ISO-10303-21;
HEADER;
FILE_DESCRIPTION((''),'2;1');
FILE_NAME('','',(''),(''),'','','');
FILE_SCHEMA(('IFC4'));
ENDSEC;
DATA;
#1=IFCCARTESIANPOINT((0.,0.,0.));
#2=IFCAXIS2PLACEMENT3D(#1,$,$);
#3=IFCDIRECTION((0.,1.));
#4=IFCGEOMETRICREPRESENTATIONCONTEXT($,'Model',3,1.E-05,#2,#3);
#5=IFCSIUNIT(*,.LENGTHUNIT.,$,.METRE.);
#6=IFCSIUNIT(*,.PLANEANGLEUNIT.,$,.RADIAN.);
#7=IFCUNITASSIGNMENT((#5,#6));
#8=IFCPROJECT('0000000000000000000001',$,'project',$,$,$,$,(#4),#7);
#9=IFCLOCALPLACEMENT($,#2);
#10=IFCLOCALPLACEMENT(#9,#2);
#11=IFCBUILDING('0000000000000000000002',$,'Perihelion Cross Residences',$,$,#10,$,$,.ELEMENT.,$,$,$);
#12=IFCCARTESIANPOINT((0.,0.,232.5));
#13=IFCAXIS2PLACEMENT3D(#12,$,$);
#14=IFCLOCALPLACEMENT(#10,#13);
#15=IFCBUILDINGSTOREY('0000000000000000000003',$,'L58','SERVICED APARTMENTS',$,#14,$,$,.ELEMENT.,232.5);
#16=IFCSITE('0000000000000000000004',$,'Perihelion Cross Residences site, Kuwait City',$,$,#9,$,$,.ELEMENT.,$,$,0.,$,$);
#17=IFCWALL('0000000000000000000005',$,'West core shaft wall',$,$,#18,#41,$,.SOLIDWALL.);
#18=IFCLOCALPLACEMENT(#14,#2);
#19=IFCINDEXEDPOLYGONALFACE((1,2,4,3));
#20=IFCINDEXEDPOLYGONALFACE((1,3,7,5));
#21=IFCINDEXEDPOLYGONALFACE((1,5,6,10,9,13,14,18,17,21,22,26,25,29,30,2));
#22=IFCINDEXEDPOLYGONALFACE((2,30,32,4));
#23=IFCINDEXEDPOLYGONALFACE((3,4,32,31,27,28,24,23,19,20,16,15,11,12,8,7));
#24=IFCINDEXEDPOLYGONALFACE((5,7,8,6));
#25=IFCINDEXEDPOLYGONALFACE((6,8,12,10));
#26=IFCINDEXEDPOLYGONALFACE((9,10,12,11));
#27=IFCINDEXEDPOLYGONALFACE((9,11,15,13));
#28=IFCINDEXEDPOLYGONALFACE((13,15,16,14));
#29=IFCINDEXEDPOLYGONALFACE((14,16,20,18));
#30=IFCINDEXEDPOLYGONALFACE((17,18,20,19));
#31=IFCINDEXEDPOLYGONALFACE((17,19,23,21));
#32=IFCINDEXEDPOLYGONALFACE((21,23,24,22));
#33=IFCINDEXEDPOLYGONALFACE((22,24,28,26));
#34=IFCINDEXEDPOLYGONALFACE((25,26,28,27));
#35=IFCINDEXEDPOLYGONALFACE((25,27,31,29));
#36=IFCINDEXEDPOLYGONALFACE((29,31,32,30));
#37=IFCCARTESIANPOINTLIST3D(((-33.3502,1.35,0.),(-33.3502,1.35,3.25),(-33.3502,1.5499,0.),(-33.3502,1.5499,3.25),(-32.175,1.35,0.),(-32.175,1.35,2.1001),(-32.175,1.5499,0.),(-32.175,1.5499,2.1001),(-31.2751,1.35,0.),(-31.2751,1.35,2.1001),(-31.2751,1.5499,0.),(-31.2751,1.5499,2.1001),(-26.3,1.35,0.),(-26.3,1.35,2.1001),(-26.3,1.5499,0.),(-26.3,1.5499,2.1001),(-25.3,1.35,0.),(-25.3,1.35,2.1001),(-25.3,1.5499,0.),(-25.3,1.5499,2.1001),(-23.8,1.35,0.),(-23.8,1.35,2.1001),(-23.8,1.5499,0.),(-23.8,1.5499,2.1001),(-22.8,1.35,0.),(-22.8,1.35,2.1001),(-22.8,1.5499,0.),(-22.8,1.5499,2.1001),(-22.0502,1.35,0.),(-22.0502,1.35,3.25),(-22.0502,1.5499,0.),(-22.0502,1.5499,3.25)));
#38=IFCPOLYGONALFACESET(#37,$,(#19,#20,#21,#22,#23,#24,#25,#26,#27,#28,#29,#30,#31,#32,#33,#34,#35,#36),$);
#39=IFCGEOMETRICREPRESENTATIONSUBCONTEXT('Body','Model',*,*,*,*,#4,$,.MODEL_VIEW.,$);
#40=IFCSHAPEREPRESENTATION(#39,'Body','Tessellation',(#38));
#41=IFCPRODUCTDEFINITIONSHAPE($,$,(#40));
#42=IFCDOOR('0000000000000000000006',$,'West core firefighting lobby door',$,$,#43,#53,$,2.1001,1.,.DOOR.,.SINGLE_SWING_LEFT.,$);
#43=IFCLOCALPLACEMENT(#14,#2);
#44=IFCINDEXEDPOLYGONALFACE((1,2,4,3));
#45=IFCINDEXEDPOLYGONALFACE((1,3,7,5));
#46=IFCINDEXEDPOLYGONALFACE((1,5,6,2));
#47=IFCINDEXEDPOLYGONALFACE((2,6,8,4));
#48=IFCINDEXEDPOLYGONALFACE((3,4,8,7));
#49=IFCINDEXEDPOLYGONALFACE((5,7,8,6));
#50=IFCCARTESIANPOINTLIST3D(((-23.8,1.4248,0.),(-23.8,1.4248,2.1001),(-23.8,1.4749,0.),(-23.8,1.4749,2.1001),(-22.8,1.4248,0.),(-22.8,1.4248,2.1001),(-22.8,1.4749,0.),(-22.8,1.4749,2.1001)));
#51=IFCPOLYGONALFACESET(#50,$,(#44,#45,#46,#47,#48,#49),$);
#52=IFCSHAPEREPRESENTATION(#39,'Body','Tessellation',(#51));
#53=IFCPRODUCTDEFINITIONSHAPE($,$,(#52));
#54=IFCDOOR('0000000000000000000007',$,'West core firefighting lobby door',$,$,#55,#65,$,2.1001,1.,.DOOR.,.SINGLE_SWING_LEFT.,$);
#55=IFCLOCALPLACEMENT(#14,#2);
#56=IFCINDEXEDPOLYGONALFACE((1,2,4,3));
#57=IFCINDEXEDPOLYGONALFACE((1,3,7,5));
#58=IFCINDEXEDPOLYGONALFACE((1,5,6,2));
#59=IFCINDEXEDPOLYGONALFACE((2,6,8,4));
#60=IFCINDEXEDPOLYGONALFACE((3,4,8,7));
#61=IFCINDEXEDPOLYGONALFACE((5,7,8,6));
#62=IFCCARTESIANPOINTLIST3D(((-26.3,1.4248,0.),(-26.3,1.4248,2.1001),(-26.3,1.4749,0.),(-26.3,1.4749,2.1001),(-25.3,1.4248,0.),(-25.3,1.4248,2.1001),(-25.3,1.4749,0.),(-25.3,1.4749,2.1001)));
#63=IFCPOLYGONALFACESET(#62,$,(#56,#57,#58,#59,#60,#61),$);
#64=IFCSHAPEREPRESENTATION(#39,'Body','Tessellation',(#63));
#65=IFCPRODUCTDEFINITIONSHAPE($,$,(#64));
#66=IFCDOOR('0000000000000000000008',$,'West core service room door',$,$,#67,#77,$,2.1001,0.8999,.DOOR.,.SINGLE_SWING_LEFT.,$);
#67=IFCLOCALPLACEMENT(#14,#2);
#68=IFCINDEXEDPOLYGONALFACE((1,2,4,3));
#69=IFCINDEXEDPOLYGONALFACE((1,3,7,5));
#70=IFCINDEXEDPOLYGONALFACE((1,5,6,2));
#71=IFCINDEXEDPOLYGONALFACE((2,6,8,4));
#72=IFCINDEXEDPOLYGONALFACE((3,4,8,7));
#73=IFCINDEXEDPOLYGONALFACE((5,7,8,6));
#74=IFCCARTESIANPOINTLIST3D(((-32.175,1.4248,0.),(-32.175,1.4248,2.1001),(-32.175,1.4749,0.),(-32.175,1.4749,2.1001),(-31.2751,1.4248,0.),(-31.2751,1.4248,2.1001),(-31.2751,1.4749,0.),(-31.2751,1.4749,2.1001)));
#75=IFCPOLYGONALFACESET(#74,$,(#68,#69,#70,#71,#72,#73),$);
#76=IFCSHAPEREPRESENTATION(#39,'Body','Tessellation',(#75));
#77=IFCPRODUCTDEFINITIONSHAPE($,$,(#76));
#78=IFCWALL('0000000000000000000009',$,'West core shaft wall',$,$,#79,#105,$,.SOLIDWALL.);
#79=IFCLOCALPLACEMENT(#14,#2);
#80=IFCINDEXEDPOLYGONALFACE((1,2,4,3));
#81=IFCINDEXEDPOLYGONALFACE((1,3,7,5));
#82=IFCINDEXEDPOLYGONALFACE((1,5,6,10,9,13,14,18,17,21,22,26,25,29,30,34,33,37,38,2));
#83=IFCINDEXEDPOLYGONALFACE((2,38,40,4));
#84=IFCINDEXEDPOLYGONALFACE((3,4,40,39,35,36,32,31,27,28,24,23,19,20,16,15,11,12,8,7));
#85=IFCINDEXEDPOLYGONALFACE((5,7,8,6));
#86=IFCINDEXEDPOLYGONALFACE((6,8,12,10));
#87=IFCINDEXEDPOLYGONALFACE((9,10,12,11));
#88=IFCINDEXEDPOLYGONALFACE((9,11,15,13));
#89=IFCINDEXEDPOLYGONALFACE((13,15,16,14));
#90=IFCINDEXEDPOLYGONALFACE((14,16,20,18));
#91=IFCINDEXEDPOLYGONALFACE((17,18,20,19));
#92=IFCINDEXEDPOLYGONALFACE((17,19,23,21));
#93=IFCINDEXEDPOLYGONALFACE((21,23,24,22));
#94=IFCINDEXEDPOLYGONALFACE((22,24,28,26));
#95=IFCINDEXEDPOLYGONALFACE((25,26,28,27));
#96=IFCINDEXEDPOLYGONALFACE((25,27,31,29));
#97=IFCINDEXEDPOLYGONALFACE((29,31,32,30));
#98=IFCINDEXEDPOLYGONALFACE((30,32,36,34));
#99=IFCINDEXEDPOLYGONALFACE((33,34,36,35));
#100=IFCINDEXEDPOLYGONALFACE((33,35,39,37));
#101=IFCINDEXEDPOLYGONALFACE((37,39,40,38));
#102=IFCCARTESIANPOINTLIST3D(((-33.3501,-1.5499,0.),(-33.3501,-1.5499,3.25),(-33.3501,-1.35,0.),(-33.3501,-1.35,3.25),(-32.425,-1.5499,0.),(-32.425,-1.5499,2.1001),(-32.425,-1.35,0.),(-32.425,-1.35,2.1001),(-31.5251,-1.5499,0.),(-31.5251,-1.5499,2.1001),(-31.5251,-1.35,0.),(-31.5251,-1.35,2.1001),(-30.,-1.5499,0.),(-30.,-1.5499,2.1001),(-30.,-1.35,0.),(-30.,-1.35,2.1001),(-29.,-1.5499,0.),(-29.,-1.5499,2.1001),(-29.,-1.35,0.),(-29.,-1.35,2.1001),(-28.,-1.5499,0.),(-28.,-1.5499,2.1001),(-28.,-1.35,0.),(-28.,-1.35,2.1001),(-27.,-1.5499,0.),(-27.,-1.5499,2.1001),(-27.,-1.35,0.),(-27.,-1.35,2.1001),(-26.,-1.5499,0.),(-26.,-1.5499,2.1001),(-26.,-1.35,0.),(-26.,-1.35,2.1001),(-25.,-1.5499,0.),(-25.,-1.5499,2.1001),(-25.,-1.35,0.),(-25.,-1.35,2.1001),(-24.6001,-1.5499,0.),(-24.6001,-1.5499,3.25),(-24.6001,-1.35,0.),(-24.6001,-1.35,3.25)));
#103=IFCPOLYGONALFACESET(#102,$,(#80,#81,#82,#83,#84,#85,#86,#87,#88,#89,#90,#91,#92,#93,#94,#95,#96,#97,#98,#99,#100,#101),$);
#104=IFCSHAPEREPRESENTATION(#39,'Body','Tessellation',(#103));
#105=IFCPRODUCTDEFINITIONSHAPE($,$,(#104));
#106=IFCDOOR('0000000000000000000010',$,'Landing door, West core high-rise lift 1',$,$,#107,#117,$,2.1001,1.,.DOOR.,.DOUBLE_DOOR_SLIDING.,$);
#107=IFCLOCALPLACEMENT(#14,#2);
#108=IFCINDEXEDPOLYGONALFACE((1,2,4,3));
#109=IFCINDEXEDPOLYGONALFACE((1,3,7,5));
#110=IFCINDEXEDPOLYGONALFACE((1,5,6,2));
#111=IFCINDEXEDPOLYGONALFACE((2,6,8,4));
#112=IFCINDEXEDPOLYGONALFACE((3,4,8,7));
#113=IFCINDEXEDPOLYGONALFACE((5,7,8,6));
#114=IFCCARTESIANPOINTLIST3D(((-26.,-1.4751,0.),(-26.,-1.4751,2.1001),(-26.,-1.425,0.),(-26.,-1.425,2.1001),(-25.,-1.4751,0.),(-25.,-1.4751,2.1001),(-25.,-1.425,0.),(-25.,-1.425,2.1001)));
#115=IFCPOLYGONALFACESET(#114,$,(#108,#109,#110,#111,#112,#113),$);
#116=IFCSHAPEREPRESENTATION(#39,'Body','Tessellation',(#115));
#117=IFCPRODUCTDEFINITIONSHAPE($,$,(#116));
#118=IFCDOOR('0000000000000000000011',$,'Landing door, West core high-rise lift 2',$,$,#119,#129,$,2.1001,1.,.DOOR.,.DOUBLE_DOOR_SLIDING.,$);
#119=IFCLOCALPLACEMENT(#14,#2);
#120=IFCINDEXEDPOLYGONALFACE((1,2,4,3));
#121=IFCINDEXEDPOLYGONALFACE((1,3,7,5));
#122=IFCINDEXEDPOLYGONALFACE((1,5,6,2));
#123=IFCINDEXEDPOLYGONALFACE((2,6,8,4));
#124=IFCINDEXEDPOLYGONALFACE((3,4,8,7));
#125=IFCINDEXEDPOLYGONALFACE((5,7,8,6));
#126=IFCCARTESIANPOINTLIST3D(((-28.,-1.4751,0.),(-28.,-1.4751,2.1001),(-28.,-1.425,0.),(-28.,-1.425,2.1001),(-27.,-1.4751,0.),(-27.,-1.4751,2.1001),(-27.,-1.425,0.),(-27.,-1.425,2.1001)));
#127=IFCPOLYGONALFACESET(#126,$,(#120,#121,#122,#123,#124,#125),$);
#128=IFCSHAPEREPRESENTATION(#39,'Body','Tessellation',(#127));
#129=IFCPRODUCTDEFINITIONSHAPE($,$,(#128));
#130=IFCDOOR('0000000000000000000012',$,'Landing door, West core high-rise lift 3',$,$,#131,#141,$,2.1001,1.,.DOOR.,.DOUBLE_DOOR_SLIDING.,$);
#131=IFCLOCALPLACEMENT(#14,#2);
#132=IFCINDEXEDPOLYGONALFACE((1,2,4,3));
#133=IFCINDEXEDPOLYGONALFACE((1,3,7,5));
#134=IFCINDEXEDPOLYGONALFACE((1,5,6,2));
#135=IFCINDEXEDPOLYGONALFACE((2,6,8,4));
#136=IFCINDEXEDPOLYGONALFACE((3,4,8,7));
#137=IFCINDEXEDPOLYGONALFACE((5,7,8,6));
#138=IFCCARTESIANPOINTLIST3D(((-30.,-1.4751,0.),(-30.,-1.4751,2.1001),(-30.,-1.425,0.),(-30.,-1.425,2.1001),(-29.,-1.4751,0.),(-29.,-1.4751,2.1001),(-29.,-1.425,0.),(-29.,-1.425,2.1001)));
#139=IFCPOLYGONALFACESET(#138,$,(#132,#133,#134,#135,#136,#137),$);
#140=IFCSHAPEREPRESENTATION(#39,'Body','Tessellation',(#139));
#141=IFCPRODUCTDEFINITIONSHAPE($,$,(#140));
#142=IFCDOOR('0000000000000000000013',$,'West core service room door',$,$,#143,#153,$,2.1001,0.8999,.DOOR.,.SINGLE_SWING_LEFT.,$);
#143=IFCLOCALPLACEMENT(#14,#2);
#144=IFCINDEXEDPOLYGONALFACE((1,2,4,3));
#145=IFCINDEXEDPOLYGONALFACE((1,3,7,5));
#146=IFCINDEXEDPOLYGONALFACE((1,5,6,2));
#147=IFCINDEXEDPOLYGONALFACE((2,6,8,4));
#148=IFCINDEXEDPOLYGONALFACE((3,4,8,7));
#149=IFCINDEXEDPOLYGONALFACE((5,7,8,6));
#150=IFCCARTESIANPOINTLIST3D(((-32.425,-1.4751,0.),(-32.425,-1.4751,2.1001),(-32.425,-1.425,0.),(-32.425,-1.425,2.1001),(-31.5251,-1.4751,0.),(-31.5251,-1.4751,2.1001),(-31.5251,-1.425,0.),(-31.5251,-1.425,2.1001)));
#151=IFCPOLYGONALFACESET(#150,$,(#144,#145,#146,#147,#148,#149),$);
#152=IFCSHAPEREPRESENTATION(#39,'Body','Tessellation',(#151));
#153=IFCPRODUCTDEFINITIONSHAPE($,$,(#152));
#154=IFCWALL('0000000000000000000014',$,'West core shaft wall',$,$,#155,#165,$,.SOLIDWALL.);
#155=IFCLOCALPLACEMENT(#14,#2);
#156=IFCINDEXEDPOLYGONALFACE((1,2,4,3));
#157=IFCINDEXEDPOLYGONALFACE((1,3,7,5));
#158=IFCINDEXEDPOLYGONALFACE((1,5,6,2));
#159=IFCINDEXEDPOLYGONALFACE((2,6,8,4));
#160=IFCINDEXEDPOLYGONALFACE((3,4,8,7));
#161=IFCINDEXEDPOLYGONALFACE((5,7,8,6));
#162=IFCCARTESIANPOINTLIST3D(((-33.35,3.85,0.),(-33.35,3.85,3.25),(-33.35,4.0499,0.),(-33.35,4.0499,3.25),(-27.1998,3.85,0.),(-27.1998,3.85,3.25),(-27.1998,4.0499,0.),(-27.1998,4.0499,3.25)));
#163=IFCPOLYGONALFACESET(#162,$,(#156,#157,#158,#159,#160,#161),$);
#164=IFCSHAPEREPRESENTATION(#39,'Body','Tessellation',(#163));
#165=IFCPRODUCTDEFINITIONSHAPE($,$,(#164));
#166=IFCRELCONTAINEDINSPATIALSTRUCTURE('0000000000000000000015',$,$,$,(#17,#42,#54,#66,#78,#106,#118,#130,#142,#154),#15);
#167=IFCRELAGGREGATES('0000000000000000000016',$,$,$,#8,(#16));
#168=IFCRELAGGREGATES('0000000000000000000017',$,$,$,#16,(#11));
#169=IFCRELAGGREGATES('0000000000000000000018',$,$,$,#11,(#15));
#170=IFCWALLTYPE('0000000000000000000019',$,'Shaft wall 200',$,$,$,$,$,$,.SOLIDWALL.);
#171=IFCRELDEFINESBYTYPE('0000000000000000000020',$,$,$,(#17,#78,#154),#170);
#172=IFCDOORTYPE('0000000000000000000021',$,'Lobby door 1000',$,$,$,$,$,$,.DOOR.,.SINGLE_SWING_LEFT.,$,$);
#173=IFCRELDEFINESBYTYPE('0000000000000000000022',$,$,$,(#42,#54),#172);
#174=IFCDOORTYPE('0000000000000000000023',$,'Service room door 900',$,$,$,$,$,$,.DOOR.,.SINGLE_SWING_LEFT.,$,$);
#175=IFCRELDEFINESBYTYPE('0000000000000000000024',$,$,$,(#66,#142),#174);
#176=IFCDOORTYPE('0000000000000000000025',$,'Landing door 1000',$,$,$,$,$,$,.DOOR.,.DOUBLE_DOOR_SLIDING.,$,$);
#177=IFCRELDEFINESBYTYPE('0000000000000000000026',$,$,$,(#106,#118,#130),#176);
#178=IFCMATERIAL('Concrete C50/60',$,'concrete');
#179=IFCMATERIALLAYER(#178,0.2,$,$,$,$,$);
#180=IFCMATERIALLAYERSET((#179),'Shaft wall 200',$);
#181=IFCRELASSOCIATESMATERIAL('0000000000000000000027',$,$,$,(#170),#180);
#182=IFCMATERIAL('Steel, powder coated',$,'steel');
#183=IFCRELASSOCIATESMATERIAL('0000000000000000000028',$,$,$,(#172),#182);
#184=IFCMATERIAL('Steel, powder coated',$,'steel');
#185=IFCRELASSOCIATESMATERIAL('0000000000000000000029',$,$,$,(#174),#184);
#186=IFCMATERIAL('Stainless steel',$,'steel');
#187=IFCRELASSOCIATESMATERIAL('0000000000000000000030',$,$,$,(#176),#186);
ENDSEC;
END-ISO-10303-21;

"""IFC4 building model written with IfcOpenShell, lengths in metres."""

from ifc_helpers import new_model, si_unit, direction, frame, frame_2d, origin, place, context, subcontext, project, spatial, rectangle, extrude, material, layer, layer_set, type_object, element, fill, save


model = new_model("IFC4")

# Units and contexts
model_context = context("Model", 3, precision=1e-05, world=origin(), true_north=direction((0.0, 1.0)))
body_context = subcontext(model_context, "Body", "Model", "MODEL_VIEW")
ifc_project = project(units=[si_unit("LENGTHUNIT", "METRE"), si_unit("PLANEANGLEUNIT", "RADIAN")], contexts=[model_context])

# Site, building, storey
site_placement = place(None, origin())
site = spatial("IfcSite", under=ifc_project, at=site_placement, Name="Perihelion Cross Residences site, Kuwait City", CompositionType="ELEMENT", RefElevation=0.0)
building_placement = place(site_placement, origin())
building = spatial("IfcBuilding", under=site, at=building_placement, Name="Perihelion Cross Residences", CompositionType="ELEMENT")
storey_placement = place(building_placement, frame((0.0, 0.0, 232.5)))
storey = spatial("IfcBuildingStorey", under=building, at=storey_placement, Name="L58", Description="SERVICED APARTMENTS", CompositionType="ELEMENT", Elevation=232.5)

# Walls, openings, doors
ifc_material_1 = material(Name="Concrete C50/60", Category="concrete")
ifc_layer_1 = layer(ifc_material_1, 0.2)
ifc_layer_set_1 = layer_set([ifc_layer_1], Name="Shaft wall 200")
wall_type_1 = type_object("IfcWallType", Name="Shaft wall 200", PredefinedType="SOLIDWALL", material=ifc_layer_set_1)
wall_1_placement = place(storey_placement, frame((-33.3501, 1.45, 0.0), z_axis=(0.0, 0.0, 1.0), x_axis=(1.0, 0.0, 0.0)))
wall_1 = element("IfcWall", 1, at=wall_1_placement, inside=storey, type_object=wall_type_1, Name="West core shaft wall", PredefinedType="SOLIDWALL", context=body_context, shape_type="SweptSolid", body=[
    extrude(rectangle(XDim=11.3, YDim=0.2, at=frame_2d((5.6499, 0.0))), origin(), (0.0, 0.0, 1.0), 3.25),
])
opening_1_placement = place(wall_1_placement, frame((9.55, 0.0, 0.0)))
opening_1 = element("IfcOpeningElement", 2, at=opening_1_placement, cuts=wall_1, PredefinedType="OPENING", context=body_context, shape_type="SweptSolid", body=[
    extrude(rectangle(XDim=1.0, YDim=2.1001, at=frame_2d((0.5, 1.05))), frame((0.0, 0.1099, 0.0), z_axis=(0.0, -1.0, 0.0), x_axis=(1.0, 0.0, 0.0)), (0.0, 0.0, 1.0), 0.22),
])
opening_2_placement = place(wall_1_placement, frame((7.05, 0.0, 0.0)))
opening_2 = element("IfcOpeningElement", 3, at=opening_2_placement, cuts=wall_1, PredefinedType="OPENING", context=body_context, shape_type="SweptSolid", body=[
    extrude(rectangle(XDim=1.0, YDim=2.1001, at=frame_2d((0.5, 1.05))), frame((0.0, 0.1099, 0.0), z_axis=(0.0, -1.0, 0.0), x_axis=(1.0, 0.0, 0.0)), (0.0, 0.0, 1.0), 0.22),
])
opening_3_placement = place(wall_1_placement, frame((1.175, 0.0, 0.0)))
opening_3 = element("IfcOpeningElement", 4, at=opening_3_placement, cuts=wall_1, PredefinedType="OPENING", context=body_context, shape_type="SweptSolid", body=[
    extrude(rectangle(XDim=0.8999, YDim=2.1001, at=frame_2d((0.45, 1.05))), frame((0.0, 0.1099, 0.0), z_axis=(0.0, -1.0, 0.0), x_axis=(1.0, 0.0, 0.0)), (0.0, 0.0, 1.0), 0.22),
])
ifc_material_2 = material(Name="Steel, powder coated", Category="steel")
door_type_1 = type_object("IfcDoorType", Name="Lobby door 1000", OperationType="SINGLE_SWING_LEFT", PredefinedType="DOOR", material=ifc_material_2)
door_1_placement = place(opening_1_placement, origin())
door_1 = element("IfcDoor", 5, at=door_1_placement, inside=storey, type_object=door_type_1, Name="West core firefighting lobby door", OperationType="SINGLE_SWING_LEFT", OverallHeight=2.1001, OverallWidth=1.0, PredefinedType="DOOR", context=body_context, shape_type="SweptSolid", body=[
    extrude(rectangle(XDim=1.0, YDim=2.1001, at=frame_2d((0.5, 1.05))), frame((0.0, 0.0249, 0.0), z_axis=(0.0, -1.0, 0.0), x_axis=(1.0, 0.0, 0.0)), (0.0, 0.0, 1.0), 0.05),
])
fill(opening_1, door_1)
door_2_placement = place(opening_2_placement, origin())
door_2 = element("IfcDoor", 6, at=door_2_placement, inside=storey, type_object=door_type_1, Name="West core firefighting lobby door", OperationType="SINGLE_SWING_LEFT", OverallHeight=2.1001, OverallWidth=1.0, PredefinedType="DOOR", context=body_context, shape_type="SweptSolid", body=[
    extrude(rectangle(XDim=1.0, YDim=2.1001, at=frame_2d((0.5, 1.05))), frame((0.0, 0.0249, 0.0), z_axis=(0.0, -1.0, 0.0), x_axis=(1.0, 0.0, 0.0)), (0.0, 0.0, 1.0), 0.05),
])
fill(opening_2, door_2)
ifc_material_3 = material(Name="Steel, powder coated", Category="steel")
door_type_2 = type_object("IfcDoorType", Name="Service room door 900", OperationType="SINGLE_SWING_LEFT", PredefinedType="DOOR", material=ifc_material_3)
door_3_placement = place(opening_3_placement, origin())
door_3 = element("IfcDoor", 7, at=door_3_placement, inside=storey, type_object=door_type_2, Name="West core service room door", OperationType="SINGLE_SWING_LEFT", OverallHeight=2.1001, OverallWidth=0.8999, PredefinedType="DOOR", context=body_context, shape_type="SweptSolid", body=[
    extrude(rectangle(XDim=0.8999, YDim=2.1001, at=frame_2d((0.45, 1.05))), frame((0.0, 0.0249, 0.0), z_axis=(0.0, -1.0, 0.0), x_axis=(1.0, 0.0, 0.0)), (0.0, 0.0, 1.0), 0.05),
])
fill(opening_3, door_3)
wall_2_placement = place(storey_placement, frame((-33.3501, -1.45, 0.0), z_axis=(0.0, 0.0, 1.0), x_axis=(1.0, 0.0, 0.0)))
wall_2 = element("IfcWall", 8, at=wall_2_placement, inside=storey, type_object=wall_type_1, Name="West core shaft wall", PredefinedType="SOLIDWALL", context=body_context, shape_type="SweptSolid", body=[
    extrude(rectangle(XDim=8.75, YDim=0.2, at=frame_2d((4.375, 0.0))), origin(), (0.0, 0.0, 1.0), 3.25),
])
opening_4_placement = place(wall_2_placement, frame((7.3501, 0.0, 0.0)))
opening_4 = element("IfcOpeningElement", 9, at=opening_4_placement, cuts=wall_2, PredefinedType="OPENING", context=body_context, shape_type="SweptSolid", body=[
    extrude(rectangle(XDim=1.0, YDim=2.1001, at=frame_2d((0.5, 1.05))), frame((0.0, 0.1099, 0.0), z_axis=(0.0, -1.0, 0.0), x_axis=(1.0, 0.0, 0.0)), (0.0, 0.0, 1.0), 0.22),
])
opening_5_placement = place(wall_2_placement, frame((5.3501, 0.0, 0.0)))
opening_5 = element("IfcOpeningElement", 10, at=opening_5_placement, cuts=wall_2, PredefinedType="OPENING", context=body_context, shape_type="SweptSolid", body=[
    extrude(rectangle(XDim=1.0, YDim=2.1001, at=frame_2d((0.5, 1.05))), frame((0.0, 0.1099, 0.0), z_axis=(0.0, -1.0, 0.0), x_axis=(1.0, 0.0, 0.0)), (0.0, 0.0, 1.0), 0.22),
])
opening_6_placement = place(wall_2_placement, frame((3.3501, 0.0, 0.0)))
opening_6 = element("IfcOpeningElement", 11, at=opening_6_placement, cuts=wall_2, PredefinedType="OPENING", context=body_context, shape_type="SweptSolid", body=[
    extrude(rectangle(XDim=1.0, YDim=2.1001, at=frame_2d((0.5, 1.05))), frame((0.0, 0.1099, 0.0), z_axis=(0.0, -1.0, 0.0), x_axis=(1.0, 0.0, 0.0)), (0.0, 0.0, 1.0), 0.22),
])
opening_7_placement = place(wall_2_placement, frame((0.925, 0.0, 0.0)))
opening_7 = element("IfcOpeningElement", 12, at=opening_7_placement, cuts=wall_2, PredefinedType="OPENING", context=body_context, shape_type="SweptSolid", body=[
    extrude(rectangle(XDim=0.8999, YDim=2.1001, at=frame_2d((0.45, 1.05))), frame((0.0, 0.1099, 0.0), z_axis=(0.0, -1.0, 0.0), x_axis=(1.0, 0.0, 0.0)), (0.0, 0.0, 1.0), 0.22),
])
ifc_material_4 = material(Name="Stainless steel", Category="steel")
door_type_3 = type_object("IfcDoorType", Name="Landing door 1000", OperationType="DOUBLE_DOOR_SLIDING", PredefinedType="DOOR", material=ifc_material_4)
door_4_placement = place(opening_4_placement, origin())
door_4 = element("IfcDoor", 13, at=door_4_placement, inside=storey, type_object=door_type_3, Name="Landing door, West core high-rise lift 1", OperationType="DOUBLE_DOOR_SLIDING", OverallHeight=2.1001, OverallWidth=1.0, PredefinedType="DOOR", context=body_context, shape_type="SweptSolid", body=[
    extrude(rectangle(XDim=1.0, YDim=2.1001, at=frame_2d((0.5, 1.05))), frame((0.0, 0.0249, 0.0), z_axis=(0.0, -1.0, 0.0), x_axis=(1.0, 0.0, 0.0)), (0.0, 0.0, 1.0), 0.05),
])
fill(opening_4, door_4)
door_5_placement = place(opening_5_placement, origin())
door_5 = element("IfcDoor", 14, at=door_5_placement, inside=storey, type_object=door_type_3, Name="Landing door, West core high-rise lift 2", OperationType="DOUBLE_DOOR_SLIDING", OverallHeight=2.1001, OverallWidth=1.0, PredefinedType="DOOR", context=body_context, shape_type="SweptSolid", body=[
    extrude(rectangle(XDim=1.0, YDim=2.1001, at=frame_2d((0.5, 1.05))), frame((0.0, 0.0249, 0.0), z_axis=(0.0, -1.0, 0.0), x_axis=(1.0, 0.0, 0.0)), (0.0, 0.0, 1.0), 0.05),
])
fill(opening_5, door_5)
door_6_placement = place(opening_6_placement, origin())
door_6 = element("IfcDoor", 15, at=door_6_placement, inside=storey, type_object=door_type_3, Name="Landing door, West core high-rise lift 3", OperationType="DOUBLE_DOOR_SLIDING", OverallHeight=2.1001, OverallWidth=1.0, PredefinedType="DOOR", context=body_context, shape_type="SweptSolid", body=[
    extrude(rectangle(XDim=1.0, YDim=2.1001, at=frame_2d((0.5, 1.05))), frame((0.0, 0.0249, 0.0), z_axis=(0.0, -1.0, 0.0), x_axis=(1.0, 0.0, 0.0)), (0.0, 0.0, 1.0), 0.05),
])
fill(opening_6, door_6)
door_7_placement = place(opening_7_placement, origin())
door_7 = element("IfcDoor", 16, at=door_7_placement, inside=storey, type_object=door_type_2, Name="West core service room door", OperationType="SINGLE_SWING_LEFT", OverallHeight=2.1001, OverallWidth=0.8999, PredefinedType="DOOR", context=body_context, shape_type="SweptSolid", body=[
    extrude(rectangle(XDim=0.8999, YDim=2.1001, at=frame_2d((0.45, 1.05))), frame((0.0, 0.0249, 0.0), z_axis=(0.0, -1.0, 0.0), x_axis=(1.0, 0.0, 0.0)), (0.0, 0.0, 1.0), 0.05),
])
fill(opening_7, door_7)

# Wall
wall_3_placement = place(storey_placement, frame((-33.3501, 3.95, 0.0), z_axis=(0.0, 0.0, 1.0), x_axis=(1.0, 0.0, 0.0)))
element("IfcWall", 17, at=wall_3_placement, inside=storey, type_object=wall_type_1, Name="West core shaft wall", PredefinedType="SOLIDWALL", context=body_context, shape_type="SweptSolid", body=[
    extrude(rectangle(XDim=6.1501, YDim=0.2, at=frame_2d((3.0752, 0.0))), origin(), (0.0, 0.0, 1.0), 3.25),
])

save(model, "model.ifc")
